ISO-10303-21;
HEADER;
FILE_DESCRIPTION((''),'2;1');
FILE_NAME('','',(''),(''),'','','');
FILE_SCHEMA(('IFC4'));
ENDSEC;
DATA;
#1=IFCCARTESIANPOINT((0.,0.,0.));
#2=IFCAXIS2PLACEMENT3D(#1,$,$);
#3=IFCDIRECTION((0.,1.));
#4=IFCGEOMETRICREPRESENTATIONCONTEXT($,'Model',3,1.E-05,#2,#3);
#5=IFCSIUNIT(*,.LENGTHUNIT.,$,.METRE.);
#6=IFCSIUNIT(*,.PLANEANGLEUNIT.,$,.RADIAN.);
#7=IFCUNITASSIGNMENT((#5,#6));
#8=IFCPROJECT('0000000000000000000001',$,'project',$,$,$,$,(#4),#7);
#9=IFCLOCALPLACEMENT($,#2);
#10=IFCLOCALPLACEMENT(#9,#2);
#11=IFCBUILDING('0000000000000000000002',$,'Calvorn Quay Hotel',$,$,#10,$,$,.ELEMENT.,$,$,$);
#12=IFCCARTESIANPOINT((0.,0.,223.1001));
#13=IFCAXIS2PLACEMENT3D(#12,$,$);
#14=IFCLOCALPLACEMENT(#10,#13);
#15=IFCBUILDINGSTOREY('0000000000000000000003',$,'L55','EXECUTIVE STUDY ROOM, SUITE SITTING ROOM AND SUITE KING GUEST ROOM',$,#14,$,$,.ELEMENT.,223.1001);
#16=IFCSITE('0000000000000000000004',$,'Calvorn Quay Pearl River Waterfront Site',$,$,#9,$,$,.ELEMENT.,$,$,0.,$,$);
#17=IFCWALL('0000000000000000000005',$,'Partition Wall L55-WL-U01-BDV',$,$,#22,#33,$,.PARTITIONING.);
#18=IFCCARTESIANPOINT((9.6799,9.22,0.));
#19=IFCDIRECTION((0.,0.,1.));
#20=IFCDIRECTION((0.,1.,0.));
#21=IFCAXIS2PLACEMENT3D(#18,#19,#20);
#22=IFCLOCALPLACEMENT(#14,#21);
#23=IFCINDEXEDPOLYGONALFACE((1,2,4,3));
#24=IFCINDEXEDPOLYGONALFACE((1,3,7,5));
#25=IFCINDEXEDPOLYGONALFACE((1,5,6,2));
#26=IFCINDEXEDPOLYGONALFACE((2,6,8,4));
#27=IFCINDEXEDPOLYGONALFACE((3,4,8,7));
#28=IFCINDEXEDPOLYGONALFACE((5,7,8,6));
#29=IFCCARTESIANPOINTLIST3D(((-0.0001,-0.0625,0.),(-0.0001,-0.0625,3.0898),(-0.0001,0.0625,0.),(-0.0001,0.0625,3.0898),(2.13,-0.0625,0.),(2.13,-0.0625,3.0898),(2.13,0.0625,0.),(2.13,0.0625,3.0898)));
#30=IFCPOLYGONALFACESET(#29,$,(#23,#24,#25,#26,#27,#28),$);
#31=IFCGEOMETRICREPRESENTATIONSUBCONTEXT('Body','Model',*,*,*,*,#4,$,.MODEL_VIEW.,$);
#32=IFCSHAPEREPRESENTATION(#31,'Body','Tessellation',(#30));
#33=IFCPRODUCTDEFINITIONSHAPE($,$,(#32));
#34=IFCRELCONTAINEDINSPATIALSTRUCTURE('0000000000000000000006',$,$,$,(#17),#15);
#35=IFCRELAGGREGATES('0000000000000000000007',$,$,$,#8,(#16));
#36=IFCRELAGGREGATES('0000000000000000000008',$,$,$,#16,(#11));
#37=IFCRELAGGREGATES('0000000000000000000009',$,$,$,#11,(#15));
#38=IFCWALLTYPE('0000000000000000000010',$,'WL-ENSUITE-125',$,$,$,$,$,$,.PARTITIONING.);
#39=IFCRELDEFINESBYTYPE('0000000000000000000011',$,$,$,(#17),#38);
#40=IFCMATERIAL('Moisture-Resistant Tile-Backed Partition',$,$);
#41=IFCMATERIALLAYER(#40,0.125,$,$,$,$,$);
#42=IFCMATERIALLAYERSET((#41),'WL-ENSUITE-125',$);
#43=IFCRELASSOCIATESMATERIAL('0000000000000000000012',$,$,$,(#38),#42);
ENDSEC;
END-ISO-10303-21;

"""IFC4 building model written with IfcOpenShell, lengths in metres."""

from ifc_helpers import new_model, si_unit, direction, frame, frame_2d, origin, place, context, subcontext, project, spatial, rectangle, extrude, material, layer, layer_set, type_object, element, save


model = new_model("IFC4")

# Units and contexts
model_context = context("Model", 3, precision=1e-05, world=origin(), true_north=direction((0.0, 1.0)))
body_context = subcontext(model_context, "Body", "Model", "MODEL_VIEW")
ifc_project = project(units=[si_unit("LENGTHUNIT", "METRE"), si_unit("PLANEANGLEUNIT", "RADIAN")], contexts=[model_context])

# Site, building, storey
site_placement = place(None, origin())
site = spatial("IfcSite", under=ifc_project, at=site_placement, Name="Calvorn Quay Pearl River Waterfront Site", CompositionType="ELEMENT", RefElevation=0.0)
building_placement = place(site_placement, origin())
building = spatial("IfcBuilding", under=site, at=building_placement, Name="Calvorn Quay Hotel", CompositionType="ELEMENT")
storey_placement = place(building_placement, frame((0.0, 0.0, 223.1001)))
storey = spatial("IfcBuildingStorey", under=building, at=storey_placement, Name="L55", Description="EXECUTIVE STUDY ROOM, SUITE SITTING ROOM AND SUITE KING GUEST ROOM", CompositionType="ELEMENT", Elevation=223.1001)

# Wall
ifc_material_1 = material(Name="Moisture-Resistant Tile-Backed Partition")
ifc_layer_1 = layer(ifc_material_1, 0.125)
ifc_layer_set_1 = layer_set([ifc_layer_1], Name="WL-ENSUITE-125")
wall_type_1 = type_object("IfcWallType", Name="WL-ENSUITE-125", PredefinedType="PARTITIONING", material=ifc_layer_set_1)
wall_1_placement = place(storey_placement, frame((9.6799, 9.22, 0.0), z_axis=(0.0, 0.0, 1.0), x_axis=(0.0, 1.0, 0.0)))
element("IfcWall", 1, at=wall_1_placement, inside=storey, type_object=wall_type_1, Name="Partition Wall L55-WL-U01-BDV", PredefinedType="PARTITIONING", context=body_context, shape_type="SweptSolid", body=[
    extrude(rectangle(XDim=2.1301, YDim=0.125, at=frame_2d((1.0649, 0.0))), origin(), (0.0, 0.0, 1.0), 3.0898),
])

save(model, "model.ifc")
